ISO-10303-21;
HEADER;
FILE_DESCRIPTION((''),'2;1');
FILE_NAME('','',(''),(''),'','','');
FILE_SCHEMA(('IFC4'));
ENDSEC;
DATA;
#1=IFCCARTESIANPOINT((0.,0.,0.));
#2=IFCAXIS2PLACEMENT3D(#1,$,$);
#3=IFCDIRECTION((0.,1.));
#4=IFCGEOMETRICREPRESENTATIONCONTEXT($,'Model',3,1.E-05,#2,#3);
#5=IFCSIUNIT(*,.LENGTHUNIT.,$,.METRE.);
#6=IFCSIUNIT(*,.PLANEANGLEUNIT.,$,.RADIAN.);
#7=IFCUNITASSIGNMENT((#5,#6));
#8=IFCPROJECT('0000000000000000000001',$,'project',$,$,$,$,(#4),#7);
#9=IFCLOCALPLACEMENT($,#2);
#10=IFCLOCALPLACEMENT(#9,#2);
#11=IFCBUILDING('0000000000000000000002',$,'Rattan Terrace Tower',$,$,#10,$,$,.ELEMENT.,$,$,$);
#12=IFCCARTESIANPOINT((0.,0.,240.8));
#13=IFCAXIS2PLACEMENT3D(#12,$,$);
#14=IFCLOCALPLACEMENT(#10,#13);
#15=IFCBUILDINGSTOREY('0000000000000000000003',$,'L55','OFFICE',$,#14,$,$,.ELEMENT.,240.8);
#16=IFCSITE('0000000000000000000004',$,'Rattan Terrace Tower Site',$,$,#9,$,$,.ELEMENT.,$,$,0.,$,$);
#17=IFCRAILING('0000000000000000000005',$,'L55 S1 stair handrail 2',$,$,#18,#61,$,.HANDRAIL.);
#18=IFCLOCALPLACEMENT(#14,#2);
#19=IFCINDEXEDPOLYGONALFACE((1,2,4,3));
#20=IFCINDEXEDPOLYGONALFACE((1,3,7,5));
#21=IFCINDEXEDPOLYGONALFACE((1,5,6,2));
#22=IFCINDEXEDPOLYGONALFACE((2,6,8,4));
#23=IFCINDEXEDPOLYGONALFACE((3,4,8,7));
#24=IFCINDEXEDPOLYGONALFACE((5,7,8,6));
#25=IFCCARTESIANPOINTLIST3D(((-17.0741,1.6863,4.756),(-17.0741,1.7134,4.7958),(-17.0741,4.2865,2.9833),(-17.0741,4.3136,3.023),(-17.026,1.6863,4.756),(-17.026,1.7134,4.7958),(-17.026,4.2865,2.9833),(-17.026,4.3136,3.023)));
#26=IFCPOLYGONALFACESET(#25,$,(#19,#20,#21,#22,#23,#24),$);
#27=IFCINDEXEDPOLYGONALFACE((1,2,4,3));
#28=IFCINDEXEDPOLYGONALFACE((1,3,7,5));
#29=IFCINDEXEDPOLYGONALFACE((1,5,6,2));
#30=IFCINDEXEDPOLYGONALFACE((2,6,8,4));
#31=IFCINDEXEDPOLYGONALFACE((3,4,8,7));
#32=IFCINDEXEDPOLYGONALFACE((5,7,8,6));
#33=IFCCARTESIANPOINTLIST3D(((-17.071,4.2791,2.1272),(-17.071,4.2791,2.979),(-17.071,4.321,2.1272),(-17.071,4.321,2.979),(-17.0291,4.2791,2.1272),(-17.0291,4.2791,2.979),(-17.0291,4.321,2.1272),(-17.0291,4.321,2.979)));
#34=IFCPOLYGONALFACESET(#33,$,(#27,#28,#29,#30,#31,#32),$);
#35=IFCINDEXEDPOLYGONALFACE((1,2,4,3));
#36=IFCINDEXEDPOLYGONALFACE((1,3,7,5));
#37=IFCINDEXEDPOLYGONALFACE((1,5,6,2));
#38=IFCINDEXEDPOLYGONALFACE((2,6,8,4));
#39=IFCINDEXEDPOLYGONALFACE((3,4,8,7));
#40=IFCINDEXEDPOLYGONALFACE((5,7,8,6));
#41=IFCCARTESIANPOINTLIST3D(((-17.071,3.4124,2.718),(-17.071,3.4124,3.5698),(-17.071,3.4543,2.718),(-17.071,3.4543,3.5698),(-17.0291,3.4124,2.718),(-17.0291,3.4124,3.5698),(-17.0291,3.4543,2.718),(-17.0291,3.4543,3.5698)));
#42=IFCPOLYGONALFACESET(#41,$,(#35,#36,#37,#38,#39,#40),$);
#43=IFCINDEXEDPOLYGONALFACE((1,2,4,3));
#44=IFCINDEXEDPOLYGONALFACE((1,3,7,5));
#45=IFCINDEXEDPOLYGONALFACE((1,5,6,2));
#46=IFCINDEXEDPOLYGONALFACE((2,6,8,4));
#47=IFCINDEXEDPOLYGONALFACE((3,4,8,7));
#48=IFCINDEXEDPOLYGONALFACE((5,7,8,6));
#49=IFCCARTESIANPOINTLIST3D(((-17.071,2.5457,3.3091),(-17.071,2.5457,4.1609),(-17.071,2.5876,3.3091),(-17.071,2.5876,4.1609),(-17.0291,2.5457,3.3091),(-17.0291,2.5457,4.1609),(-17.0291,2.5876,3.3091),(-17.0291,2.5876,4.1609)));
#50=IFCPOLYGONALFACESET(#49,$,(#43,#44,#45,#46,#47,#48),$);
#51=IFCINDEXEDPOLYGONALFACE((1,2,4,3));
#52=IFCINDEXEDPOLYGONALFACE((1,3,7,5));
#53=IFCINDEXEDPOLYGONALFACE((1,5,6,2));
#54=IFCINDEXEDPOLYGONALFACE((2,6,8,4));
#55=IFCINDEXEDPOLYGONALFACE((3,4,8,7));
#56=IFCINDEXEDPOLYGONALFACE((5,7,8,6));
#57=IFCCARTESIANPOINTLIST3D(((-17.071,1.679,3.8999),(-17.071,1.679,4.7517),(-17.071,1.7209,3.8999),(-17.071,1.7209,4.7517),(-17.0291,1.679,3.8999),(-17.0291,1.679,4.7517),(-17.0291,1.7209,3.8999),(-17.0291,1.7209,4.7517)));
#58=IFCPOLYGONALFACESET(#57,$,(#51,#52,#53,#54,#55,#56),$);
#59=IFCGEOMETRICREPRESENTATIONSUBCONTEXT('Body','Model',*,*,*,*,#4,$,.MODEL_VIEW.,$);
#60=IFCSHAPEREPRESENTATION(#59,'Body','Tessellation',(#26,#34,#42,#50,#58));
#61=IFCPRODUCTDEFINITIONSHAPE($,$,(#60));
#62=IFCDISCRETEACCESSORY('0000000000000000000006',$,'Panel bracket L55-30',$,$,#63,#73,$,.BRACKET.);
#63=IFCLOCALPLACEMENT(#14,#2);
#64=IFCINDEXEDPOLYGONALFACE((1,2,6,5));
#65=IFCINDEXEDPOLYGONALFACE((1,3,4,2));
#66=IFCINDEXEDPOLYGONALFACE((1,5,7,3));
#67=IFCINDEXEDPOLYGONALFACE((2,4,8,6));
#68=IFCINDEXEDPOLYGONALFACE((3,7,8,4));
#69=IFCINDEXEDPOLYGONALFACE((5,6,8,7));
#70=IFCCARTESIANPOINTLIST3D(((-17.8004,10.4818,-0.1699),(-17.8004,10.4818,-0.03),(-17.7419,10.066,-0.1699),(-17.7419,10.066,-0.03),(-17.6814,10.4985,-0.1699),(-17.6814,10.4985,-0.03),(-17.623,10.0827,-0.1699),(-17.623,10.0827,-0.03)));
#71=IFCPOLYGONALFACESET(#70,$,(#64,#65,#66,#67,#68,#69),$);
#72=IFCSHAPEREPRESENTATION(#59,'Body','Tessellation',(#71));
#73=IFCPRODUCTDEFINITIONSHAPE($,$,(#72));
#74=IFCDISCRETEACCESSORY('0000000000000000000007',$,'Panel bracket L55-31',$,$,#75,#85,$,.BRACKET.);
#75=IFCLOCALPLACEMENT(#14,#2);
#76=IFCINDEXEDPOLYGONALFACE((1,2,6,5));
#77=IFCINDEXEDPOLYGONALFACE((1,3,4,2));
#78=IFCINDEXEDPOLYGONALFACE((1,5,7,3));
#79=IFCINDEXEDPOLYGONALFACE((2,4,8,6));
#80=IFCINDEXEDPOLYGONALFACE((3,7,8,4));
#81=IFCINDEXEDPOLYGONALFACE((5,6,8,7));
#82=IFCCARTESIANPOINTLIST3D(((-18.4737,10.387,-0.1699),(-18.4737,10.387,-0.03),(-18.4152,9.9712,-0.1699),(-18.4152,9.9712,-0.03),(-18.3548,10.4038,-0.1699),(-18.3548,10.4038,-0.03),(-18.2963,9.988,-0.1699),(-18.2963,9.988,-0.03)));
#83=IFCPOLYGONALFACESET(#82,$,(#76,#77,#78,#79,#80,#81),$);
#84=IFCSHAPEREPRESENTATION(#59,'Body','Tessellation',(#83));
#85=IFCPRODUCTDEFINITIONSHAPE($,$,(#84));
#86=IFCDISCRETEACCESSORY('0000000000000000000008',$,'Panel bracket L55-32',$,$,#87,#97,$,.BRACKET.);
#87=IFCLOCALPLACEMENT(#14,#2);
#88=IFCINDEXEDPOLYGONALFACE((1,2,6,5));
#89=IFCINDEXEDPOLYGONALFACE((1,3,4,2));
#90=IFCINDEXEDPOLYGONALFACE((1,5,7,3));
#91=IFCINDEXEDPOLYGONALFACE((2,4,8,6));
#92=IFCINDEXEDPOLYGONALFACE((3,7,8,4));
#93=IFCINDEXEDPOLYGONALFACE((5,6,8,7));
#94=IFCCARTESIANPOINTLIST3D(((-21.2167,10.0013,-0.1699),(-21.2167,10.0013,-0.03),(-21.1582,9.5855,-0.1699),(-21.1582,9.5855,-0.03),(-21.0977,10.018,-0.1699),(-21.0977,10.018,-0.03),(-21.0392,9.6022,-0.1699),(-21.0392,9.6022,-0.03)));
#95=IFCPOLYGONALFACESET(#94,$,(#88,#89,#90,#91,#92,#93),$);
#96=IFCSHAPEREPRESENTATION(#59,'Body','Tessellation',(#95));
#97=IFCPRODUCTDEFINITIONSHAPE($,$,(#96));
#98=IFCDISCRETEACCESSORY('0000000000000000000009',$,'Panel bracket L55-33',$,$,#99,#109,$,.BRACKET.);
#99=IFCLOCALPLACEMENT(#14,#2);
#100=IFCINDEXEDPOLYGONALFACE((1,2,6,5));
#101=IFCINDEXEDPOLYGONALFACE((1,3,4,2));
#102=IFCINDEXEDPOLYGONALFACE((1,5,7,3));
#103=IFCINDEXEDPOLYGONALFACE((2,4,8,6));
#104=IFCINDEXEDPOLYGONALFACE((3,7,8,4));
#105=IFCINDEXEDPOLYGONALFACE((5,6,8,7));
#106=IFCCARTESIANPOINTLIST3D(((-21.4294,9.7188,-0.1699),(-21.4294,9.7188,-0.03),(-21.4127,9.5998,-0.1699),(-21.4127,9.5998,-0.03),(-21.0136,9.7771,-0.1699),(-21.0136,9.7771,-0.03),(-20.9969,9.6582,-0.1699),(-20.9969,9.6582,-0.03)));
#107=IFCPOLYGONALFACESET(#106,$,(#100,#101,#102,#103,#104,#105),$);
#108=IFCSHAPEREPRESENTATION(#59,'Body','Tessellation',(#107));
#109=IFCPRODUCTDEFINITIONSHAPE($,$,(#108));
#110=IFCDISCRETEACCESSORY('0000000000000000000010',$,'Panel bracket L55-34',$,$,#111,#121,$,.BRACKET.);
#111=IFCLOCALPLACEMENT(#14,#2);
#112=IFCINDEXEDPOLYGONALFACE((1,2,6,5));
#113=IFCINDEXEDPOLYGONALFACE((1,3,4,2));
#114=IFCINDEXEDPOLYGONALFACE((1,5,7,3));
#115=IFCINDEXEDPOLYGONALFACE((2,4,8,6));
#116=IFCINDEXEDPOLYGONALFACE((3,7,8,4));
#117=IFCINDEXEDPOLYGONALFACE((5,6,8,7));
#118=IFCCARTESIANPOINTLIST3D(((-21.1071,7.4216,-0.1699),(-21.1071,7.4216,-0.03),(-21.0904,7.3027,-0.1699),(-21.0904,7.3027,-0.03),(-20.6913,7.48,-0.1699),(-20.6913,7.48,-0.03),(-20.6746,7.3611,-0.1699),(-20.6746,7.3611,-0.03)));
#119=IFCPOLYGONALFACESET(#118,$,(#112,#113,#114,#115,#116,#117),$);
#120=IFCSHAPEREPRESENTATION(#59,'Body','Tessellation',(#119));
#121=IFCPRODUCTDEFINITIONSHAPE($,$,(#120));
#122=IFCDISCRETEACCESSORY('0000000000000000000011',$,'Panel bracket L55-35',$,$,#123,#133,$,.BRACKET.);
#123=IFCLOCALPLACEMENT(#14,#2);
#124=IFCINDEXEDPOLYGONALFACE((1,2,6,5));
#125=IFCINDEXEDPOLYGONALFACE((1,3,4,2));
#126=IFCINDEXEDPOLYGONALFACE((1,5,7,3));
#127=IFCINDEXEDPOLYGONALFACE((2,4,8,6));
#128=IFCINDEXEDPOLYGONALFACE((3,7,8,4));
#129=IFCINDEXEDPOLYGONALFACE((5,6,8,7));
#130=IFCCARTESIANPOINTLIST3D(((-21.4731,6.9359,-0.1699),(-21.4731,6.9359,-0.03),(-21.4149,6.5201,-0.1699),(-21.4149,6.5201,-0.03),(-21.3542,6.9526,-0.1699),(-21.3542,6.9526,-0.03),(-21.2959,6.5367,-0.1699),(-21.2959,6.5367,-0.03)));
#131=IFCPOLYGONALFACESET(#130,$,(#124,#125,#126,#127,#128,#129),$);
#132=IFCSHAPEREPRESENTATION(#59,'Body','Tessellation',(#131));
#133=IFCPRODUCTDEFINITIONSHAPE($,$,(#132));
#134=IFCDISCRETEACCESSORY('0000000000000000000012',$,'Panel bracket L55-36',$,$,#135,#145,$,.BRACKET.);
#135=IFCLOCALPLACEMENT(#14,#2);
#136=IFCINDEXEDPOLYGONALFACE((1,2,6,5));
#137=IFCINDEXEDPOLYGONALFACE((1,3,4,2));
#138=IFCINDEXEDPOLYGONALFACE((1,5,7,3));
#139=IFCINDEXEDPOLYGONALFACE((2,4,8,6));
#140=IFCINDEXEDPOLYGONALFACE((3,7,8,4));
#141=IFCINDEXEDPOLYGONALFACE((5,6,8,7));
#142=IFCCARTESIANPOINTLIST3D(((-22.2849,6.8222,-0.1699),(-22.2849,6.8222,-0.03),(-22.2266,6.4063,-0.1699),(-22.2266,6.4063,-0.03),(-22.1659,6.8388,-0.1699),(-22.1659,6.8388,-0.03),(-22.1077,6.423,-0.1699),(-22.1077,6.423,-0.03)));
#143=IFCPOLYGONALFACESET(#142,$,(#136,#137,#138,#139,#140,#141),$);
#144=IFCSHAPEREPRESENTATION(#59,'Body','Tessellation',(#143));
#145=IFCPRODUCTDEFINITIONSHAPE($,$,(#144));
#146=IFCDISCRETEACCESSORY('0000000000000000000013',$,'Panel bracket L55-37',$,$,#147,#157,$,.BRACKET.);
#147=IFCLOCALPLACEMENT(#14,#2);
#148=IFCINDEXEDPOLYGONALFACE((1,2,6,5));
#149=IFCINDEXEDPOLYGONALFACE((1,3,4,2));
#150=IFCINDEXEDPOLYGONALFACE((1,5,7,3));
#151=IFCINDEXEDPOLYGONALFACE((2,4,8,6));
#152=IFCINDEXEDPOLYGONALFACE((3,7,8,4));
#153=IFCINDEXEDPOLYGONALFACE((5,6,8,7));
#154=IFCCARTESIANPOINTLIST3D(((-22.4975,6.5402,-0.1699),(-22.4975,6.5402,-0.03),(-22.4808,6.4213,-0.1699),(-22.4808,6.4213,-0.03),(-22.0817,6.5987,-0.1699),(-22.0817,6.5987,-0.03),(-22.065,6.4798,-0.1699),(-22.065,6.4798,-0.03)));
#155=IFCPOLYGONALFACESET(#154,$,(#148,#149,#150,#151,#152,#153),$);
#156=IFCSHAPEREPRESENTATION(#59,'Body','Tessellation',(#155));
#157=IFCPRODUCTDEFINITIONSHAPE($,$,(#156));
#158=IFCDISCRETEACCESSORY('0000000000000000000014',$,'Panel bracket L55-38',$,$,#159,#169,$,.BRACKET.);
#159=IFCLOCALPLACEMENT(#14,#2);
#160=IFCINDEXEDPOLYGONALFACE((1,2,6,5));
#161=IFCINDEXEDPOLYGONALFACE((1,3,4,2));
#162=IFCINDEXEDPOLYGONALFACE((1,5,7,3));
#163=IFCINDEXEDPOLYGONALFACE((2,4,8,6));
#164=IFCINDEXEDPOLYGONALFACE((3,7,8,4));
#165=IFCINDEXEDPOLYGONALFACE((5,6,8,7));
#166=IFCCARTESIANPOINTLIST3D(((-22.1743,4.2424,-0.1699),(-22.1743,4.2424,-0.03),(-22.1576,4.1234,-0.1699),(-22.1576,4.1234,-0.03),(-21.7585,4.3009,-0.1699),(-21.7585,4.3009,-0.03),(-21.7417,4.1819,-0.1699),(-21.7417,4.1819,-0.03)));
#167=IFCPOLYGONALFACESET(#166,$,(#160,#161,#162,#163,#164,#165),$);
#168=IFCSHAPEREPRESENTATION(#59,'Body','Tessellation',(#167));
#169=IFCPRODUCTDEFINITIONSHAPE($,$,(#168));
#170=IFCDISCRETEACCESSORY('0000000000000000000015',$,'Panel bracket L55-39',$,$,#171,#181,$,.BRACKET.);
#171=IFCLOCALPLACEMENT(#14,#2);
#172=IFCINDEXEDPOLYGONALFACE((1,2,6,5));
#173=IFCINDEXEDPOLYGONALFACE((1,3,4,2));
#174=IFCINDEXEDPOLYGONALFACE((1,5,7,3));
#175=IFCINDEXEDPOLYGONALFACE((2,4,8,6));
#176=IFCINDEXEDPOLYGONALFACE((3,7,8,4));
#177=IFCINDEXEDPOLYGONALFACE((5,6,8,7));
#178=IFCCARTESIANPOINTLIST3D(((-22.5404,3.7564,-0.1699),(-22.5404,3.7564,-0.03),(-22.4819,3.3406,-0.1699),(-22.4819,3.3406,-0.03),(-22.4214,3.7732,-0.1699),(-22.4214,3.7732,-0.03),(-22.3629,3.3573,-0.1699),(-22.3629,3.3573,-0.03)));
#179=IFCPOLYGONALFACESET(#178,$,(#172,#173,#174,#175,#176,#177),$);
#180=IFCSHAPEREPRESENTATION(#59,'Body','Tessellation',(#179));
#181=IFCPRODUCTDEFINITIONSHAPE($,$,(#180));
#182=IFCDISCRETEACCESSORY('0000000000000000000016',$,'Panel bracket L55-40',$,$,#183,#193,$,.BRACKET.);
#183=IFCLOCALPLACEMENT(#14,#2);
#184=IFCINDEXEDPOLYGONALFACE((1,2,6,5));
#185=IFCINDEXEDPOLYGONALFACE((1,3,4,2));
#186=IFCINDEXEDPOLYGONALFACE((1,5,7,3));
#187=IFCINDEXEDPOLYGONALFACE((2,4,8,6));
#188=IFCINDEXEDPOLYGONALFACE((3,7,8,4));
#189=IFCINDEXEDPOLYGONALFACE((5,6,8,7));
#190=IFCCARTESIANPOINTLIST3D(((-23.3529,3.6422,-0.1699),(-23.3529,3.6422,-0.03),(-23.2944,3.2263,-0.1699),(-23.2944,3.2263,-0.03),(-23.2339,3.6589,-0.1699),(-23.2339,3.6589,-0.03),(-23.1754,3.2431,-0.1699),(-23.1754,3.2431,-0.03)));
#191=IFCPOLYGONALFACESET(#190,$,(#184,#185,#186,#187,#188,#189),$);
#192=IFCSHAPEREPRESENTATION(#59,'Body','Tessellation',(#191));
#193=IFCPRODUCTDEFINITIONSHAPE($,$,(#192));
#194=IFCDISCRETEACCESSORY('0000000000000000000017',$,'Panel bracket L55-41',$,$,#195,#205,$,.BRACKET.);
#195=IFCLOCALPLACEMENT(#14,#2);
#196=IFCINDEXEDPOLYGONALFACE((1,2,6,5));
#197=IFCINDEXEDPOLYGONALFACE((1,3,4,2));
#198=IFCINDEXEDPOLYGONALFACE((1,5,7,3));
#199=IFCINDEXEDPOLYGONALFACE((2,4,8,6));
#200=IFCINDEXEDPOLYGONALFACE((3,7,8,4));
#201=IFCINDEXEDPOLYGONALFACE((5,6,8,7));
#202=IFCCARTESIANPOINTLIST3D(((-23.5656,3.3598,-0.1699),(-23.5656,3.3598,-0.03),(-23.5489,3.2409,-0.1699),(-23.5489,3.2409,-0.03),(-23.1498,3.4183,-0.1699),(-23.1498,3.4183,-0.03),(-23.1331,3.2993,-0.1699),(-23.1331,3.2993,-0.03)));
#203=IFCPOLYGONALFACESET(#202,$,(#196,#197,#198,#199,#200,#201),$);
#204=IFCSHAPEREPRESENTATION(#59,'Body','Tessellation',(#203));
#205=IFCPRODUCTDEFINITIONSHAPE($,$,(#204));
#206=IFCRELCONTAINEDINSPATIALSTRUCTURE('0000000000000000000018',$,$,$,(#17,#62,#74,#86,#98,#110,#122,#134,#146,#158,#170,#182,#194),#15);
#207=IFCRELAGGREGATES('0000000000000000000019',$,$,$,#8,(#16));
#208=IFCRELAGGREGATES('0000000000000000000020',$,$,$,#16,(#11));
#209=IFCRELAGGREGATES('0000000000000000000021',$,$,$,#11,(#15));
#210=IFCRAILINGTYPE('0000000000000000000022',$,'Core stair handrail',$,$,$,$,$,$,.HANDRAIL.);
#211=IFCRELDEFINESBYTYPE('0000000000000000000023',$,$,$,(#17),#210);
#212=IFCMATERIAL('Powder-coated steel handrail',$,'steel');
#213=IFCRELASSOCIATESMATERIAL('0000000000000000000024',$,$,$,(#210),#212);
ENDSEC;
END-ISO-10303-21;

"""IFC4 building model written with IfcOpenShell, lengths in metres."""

from ifc_helpers import new_model, si_unit, direction, frame, origin, origin_2d, place, context, subcontext, project, spatial, rectangle, extrude, material, type_object, element, save


model = new_model("IFC4")

# Units and contexts
model_context = context("Model", 3, precision=1e-05, world=origin(), true_north=direction((0.0, 1.0)))
body_context = subcontext(model_context, "Body", "Model", "MODEL_VIEW")
ifc_project = project(units=[si_unit("LENGTHUNIT", "METRE"), si_unit("PLANEANGLEUNIT", "RADIAN")], contexts=[model_context])

# Site, building, storey
site_placement = place(None, origin())
site = spatial("IfcSite", under=ifc_project, at=site_placement, Name="Rattan Terrace Tower Site", CompositionType="ELEMENT", RefElevation=0.0)
building_placement = place(site_placement, origin())
building = spatial("IfcBuilding", under=site, at=building_placement, Name="Rattan Terrace Tower", CompositionType="ELEMENT")
storey_placement = place(building_placement, frame((0.0, 0.0, 240.8)))
storey = spatial("IfcBuildingStorey", under=building, at=storey_placement, Name="L55", Description="OFFICE", CompositionType="ELEMENT", Elevation=240.8)

# Railing
ifc_material_1 = material(Name="Powder-coated steel handrail", Category="steel")
railing_type_1 = type_object("IfcRailingType", Name="Core stair handrail", PredefinedType="HANDRAIL", material=ifc_material_1)
railing_1_placement = place(storey_placement, frame((-17.05, 4.3, 2.1272)))
element("IfcRailing", 1, at=railing_1_placement, inside=storey, type_object=railing_type_1, Name="L55 S1 stair handrail 2", PredefinedType="HANDRAIL", context=body_context, shape_type="SweptSolid", body=[
    extrude(rectangle(XDim=0.0481, YDim=0.0481, at=origin_2d()), frame((0.0, 0.0, 0.876), z_axis=(0.0, -0.82624, 0.563318), x_axis=(1.0, 0.0, 0.0)), (0.0, 0.0, 1.0), 3.147),
    extrude(rectangle(XDim=0.042, YDim=0.042, at=origin_2d()), origin(), (0.0, 0.0, 1.0), 0.8518),
    extrude(rectangle(XDim=0.042, YDim=0.042, at=origin_2d()), frame((0.0, -0.8667, 0.5908)), (0.0, 0.0, 1.0), 0.8518),
    extrude(rectangle(XDim=0.042, YDim=0.042, at=origin_2d()), frame((0.0, -1.7334, 1.1819)), (0.0, 0.0, 1.0), 0.8518),
    extrude(rectangle(XDim=0.042, YDim=0.042, at=origin_2d()), frame((0.0, -2.6001, 1.7727)), (0.0, 0.0, 1.0), 0.8518),
])

# Discrete accessories
for number, where, z_axis, x_axis, name in (
    (2, (-17.7117, 10.2822, -0.1699), (0.0, 0.0, 1.0), (-0.990267, -0.139177, 0.0), "Panel bracket L55-30"),
    (3, (-18.385, 10.1875, -0.1699), (0.0, 0.0, 1.0), (-0.990247, -0.139321, 0.0), "Panel bracket L55-31"),
    (4, (-21.1279, 9.8018, -0.1699), (0.0, 0.0, 1.0), (-0.990247, -0.139321, 0.0), "Panel bracket L55-32"),
    (5, (-21.2131, 9.6885, -0.1699), (0.0, 0.0, 1.0), (0.138994, -0.990293, 0.0), "Panel bracket L55-33"),
    (6, (-20.8909, 7.3914, -0.1699), (0.0, 0.0, 1.0), (0.138994, -0.990293, 0.0), "Panel bracket L55-34"),
    (7, (-21.3845, 6.7363, -0.1699), (0.0, 0.0, 1.0), (-0.990333, -0.138713, 0.0), "Panel bracket L55-35"),
    (8, (-22.1963, 6.6226, -0.1699), (0.0, 0.0, 1.0), (-0.990333, -0.138713, 0.0), "Panel bracket L55-36"),
    (9, (-22.2812, 6.51, -0.1699), (0.0, 0.0, 1.0), (0.139321, -0.990247, 0.0), "Panel bracket L55-37"),
    (10, (-21.958, 4.2122, -0.1699), (0.0, 0.0, 1.0), (0.139321, -0.990247, 0.0), "Panel bracket L55-38"),
    (11, (-22.4517, 3.5569, -0.1699), (0.0, 0.0, 1.0), (-0.990254, -0.139275, 0.0), "Panel bracket L55-39"),
    (12, (-23.2642, 3.4426, -0.1699), (0.0, 0.0, 1.0), (-0.990254, -0.139275, 0.0), "Panel bracket L55-40"),
    (13, (-23.3494, 3.3296, -0.1699), (0.0, 0.0, 1.0), (0.139186, -0.990266, 0.0), "Panel bracket L55-41"),
):
    element("IfcDiscreteAccessory", number, at=place(storey_placement, frame(where, z_axis=z_axis, x_axis=x_axis)), inside=storey, Name=name, PredefinedType="BRACKET", context=body_context, shape_type="SweptSolid", body=[
        extrude(rectangle(XDim=0.1201, YDim=0.4199, at=origin_2d()), origin(), (0.0, 0.0, 1.0), 0.1399),
    ])

save(model, "model.ifc")
